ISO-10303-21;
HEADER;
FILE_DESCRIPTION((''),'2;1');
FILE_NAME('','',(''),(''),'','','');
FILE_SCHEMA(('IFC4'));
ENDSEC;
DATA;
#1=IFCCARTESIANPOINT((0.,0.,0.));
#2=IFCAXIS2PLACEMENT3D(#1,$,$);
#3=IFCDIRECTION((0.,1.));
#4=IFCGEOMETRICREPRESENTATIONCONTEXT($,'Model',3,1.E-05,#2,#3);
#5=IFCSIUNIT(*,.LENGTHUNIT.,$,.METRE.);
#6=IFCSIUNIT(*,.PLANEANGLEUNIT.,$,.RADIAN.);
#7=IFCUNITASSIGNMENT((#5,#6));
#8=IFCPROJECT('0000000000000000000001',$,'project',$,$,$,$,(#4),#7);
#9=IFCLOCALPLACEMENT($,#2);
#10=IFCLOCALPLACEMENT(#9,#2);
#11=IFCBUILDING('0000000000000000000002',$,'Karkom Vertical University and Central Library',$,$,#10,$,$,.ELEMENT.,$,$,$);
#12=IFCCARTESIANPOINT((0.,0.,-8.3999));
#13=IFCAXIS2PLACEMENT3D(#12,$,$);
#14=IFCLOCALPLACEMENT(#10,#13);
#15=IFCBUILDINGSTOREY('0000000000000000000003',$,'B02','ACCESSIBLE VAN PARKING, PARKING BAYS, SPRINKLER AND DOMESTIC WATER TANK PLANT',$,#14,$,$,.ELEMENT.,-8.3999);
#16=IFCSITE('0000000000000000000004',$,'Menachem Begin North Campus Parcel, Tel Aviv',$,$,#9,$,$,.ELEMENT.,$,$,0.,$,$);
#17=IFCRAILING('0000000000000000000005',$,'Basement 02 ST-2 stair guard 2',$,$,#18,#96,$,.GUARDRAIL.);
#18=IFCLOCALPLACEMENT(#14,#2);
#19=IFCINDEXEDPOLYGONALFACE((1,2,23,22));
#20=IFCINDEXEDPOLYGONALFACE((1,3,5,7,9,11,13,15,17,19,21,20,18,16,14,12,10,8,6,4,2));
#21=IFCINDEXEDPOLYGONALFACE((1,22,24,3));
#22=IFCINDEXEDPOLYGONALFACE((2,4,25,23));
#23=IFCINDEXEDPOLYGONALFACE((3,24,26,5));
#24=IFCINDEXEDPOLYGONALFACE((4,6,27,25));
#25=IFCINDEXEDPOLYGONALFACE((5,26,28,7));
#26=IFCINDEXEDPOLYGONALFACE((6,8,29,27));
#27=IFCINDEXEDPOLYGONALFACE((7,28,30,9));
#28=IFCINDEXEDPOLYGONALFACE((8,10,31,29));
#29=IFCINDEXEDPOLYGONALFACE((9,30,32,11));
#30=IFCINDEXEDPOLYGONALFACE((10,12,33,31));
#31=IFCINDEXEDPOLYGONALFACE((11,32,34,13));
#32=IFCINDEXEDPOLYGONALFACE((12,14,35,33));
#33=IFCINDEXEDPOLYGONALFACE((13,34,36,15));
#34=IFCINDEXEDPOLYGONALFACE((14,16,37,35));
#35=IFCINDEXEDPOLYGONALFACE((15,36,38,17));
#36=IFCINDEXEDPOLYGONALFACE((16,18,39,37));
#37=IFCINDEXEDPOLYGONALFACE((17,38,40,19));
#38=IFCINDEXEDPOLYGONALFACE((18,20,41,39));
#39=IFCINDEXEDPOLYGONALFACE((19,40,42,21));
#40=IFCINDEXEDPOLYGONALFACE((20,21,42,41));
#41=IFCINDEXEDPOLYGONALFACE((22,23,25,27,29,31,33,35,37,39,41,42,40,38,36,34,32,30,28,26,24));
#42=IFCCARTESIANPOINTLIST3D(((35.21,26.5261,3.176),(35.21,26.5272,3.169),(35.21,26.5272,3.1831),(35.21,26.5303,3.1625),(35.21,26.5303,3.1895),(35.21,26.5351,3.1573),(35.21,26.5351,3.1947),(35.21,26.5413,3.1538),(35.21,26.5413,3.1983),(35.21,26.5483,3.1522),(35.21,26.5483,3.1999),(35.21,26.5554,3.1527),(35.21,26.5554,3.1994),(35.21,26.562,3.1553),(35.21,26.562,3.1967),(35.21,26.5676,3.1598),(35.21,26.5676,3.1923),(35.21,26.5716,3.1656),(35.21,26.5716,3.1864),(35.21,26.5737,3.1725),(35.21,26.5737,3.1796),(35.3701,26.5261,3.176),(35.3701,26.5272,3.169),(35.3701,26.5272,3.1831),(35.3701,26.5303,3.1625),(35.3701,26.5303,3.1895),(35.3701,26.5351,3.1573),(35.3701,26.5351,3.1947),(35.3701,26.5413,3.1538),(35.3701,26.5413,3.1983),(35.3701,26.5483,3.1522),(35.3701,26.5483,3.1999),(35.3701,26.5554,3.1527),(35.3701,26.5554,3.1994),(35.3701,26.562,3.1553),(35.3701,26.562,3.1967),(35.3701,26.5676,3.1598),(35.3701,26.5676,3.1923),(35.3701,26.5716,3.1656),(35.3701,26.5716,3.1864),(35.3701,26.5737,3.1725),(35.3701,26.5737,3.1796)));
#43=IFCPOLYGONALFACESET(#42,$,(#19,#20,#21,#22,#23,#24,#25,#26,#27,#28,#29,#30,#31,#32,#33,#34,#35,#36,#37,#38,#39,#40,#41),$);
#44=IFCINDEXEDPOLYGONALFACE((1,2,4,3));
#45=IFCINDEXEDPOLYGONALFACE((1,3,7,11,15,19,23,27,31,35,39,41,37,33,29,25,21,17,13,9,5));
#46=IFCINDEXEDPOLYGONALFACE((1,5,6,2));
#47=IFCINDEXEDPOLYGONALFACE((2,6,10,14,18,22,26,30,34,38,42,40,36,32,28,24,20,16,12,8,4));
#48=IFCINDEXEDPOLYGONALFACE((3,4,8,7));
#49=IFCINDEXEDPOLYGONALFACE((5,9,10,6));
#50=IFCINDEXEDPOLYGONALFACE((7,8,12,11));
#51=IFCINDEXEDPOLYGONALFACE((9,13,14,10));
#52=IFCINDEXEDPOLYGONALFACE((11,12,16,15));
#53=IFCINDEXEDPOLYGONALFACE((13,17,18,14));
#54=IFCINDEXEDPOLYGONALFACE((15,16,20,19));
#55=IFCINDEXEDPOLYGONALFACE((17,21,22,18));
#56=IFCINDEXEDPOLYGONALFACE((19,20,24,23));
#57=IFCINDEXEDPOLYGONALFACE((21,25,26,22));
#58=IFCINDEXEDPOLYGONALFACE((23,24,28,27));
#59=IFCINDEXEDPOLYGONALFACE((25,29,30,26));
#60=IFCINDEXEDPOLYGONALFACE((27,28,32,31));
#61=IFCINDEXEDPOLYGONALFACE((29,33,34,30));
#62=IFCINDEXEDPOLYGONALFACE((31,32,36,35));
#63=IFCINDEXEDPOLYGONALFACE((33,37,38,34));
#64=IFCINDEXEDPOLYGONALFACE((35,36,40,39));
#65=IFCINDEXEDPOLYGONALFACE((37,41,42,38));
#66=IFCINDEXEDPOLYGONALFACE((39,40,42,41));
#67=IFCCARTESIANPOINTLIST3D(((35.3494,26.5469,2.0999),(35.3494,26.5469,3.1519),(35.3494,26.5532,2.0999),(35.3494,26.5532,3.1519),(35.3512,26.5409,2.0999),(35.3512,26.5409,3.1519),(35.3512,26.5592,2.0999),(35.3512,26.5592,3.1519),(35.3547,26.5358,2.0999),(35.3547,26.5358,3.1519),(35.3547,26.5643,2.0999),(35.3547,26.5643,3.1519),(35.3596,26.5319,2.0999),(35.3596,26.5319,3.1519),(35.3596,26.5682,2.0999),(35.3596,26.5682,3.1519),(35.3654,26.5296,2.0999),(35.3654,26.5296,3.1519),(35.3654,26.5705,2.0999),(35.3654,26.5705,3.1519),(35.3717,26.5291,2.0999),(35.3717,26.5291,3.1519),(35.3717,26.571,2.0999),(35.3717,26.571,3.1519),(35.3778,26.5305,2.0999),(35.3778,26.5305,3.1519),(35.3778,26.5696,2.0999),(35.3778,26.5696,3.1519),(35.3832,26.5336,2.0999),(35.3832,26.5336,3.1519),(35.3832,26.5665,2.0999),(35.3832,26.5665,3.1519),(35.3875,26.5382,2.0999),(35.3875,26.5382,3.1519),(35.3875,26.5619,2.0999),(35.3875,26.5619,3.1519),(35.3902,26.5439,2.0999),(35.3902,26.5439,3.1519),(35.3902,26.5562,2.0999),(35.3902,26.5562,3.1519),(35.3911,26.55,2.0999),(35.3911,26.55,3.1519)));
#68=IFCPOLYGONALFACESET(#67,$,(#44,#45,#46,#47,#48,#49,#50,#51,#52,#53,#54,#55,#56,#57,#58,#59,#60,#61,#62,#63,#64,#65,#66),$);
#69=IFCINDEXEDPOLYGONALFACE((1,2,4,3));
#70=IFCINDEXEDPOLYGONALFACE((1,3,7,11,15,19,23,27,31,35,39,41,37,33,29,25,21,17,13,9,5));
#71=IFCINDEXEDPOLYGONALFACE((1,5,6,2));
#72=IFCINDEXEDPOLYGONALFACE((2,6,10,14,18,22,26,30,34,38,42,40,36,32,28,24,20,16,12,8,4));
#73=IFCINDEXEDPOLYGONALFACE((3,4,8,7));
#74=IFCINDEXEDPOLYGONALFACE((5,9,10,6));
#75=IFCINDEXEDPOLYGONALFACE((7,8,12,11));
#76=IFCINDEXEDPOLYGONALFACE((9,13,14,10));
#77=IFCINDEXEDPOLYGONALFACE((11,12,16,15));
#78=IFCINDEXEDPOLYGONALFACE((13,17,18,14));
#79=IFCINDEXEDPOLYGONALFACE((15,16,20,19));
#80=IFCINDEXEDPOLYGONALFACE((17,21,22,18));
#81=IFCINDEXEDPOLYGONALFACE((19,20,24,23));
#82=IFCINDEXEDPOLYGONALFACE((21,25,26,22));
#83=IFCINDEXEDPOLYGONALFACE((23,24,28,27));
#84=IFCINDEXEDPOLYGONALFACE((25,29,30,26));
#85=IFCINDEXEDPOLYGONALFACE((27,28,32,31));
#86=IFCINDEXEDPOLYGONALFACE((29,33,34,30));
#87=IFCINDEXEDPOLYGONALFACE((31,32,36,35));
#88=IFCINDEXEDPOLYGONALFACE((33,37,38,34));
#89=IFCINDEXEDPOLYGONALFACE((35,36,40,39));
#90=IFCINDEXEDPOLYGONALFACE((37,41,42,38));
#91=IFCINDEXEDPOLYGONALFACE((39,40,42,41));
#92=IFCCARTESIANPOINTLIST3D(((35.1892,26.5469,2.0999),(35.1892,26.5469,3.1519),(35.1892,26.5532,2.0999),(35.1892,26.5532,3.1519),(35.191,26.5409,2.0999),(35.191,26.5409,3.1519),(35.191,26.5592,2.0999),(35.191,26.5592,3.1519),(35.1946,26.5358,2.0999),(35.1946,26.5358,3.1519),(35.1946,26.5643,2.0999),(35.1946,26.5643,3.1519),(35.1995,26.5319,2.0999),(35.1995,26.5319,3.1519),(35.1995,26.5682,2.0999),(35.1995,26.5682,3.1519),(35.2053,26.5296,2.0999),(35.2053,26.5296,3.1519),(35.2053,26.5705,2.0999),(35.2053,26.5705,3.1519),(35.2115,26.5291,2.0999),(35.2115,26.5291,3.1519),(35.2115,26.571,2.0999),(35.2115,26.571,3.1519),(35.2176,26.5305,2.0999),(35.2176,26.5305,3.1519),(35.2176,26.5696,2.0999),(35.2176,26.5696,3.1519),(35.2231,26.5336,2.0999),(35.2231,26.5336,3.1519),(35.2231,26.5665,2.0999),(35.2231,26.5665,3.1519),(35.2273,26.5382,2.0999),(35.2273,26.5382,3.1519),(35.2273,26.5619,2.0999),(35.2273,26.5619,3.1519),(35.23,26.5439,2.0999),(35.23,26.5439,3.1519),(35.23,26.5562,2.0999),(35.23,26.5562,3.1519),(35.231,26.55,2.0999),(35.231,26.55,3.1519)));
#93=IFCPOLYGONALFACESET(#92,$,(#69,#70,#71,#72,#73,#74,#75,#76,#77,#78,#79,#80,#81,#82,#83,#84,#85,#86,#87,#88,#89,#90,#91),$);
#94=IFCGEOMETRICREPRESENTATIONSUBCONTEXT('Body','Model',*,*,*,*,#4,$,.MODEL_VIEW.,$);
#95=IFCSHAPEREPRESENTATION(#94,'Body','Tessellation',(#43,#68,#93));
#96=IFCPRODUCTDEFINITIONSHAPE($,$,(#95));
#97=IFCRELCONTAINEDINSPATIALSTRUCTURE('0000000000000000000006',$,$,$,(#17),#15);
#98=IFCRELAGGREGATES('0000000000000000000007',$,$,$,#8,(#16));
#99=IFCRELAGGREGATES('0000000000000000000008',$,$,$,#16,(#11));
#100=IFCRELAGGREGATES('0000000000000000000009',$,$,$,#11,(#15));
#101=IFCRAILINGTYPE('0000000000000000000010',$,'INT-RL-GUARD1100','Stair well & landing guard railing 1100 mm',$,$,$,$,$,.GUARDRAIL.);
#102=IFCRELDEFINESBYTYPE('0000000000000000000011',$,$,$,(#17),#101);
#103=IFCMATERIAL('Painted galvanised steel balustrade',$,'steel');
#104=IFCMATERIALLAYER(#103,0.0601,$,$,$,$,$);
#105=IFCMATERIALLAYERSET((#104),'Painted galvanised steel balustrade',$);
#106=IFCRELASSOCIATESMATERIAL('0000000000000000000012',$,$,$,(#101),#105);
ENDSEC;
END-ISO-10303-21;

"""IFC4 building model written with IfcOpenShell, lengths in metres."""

from ifc_helpers import new_model, si_unit, direction, frame, origin, origin_2d, place, context, subcontext, project, spatial, circle, extrude, material, layer, layer_set, type_object, element, save


model = new_model("IFC4")

# Units and contexts
model_context = context("Model", 3, precision=1e-05, world=origin(), true_north=direction((0.0, 1.0)))
body_context = subcontext(model_context, "Body", "Model", "MODEL_VIEW")
ifc_project = project(units=[si_unit("LENGTHUNIT", "METRE"), si_unit("PLANEANGLEUNIT", "RADIAN")], contexts=[model_context])

# Site, building, storey
site_placement = place(None, origin())
site = spatial("IfcSite", under=ifc_project, at=site_placement, Name="Menachem Begin North Campus Parcel, Tel Aviv", CompositionType="ELEMENT", RefElevation=0.0)
building_placement = place(site_placement, origin())
building = spatial("IfcBuilding", under=site, at=building_placement, Name="Karkom Vertical University and Central Library", CompositionType="ELEMENT")
storey_placement = place(building_placement, frame((0.0, 0.0, -8.3999)))
storey = spatial("IfcBuildingStorey", under=building, at=storey_placement, Name="B02", Description="ACCESSIBLE VAN PARKING, PARKING BAYS, SPRINKLER AND DOMESTIC WATER TANK PLANT", CompositionType="ELEMENT", Elevation=-8.3999)

# Railing
ifc_material_1 = material(Name="Painted galvanised steel balustrade", Category="steel")
ifc_layer_1 = layer(ifc_material_1, 0.0601)
ifc_layer_set_1 = layer_set([ifc_layer_1], Name="Painted galvanised steel balustrade")
railing_type_1 = type_object("IfcRailingType", Name="INT-RL-GUARD1100", Description="Stair well & landing guard railing 1100 mm", PredefinedType="GUARDRAIL", material=ifc_layer_set_1)
railing_1_placement = place(storey_placement, frame((35.3701, 26.55, 2.0999)))
element("IfcRailing", 1, at=railing_1_placement, inside=storey, type_object=railing_type_1, Name="Basement 02 ST-2 stair guard 2", PredefinedType="GUARDRAIL", context=body_context, shape_type="SweptSolid", body=[
    extrude(circle(Radius=0.0239, at=origin_2d()), frame((0.0, 0.0, 1.0762), z_axis=(-1.0, 0.0, 0.0), x_axis=(0.0, -1.0, 0.0)), (0.0, 0.0, 1.0), 0.1602),
    extrude(circle(Radius=0.021, at=origin_2d()), origin(), (0.0, 0.0, 1.0), 1.052),
    extrude(circle(Radius=0.021, at=origin_2d()), frame((-0.1602, 0.0, 0.0)), (0.0, 0.0, 1.0), 1.052),
])

save(model, "model.ifc")
